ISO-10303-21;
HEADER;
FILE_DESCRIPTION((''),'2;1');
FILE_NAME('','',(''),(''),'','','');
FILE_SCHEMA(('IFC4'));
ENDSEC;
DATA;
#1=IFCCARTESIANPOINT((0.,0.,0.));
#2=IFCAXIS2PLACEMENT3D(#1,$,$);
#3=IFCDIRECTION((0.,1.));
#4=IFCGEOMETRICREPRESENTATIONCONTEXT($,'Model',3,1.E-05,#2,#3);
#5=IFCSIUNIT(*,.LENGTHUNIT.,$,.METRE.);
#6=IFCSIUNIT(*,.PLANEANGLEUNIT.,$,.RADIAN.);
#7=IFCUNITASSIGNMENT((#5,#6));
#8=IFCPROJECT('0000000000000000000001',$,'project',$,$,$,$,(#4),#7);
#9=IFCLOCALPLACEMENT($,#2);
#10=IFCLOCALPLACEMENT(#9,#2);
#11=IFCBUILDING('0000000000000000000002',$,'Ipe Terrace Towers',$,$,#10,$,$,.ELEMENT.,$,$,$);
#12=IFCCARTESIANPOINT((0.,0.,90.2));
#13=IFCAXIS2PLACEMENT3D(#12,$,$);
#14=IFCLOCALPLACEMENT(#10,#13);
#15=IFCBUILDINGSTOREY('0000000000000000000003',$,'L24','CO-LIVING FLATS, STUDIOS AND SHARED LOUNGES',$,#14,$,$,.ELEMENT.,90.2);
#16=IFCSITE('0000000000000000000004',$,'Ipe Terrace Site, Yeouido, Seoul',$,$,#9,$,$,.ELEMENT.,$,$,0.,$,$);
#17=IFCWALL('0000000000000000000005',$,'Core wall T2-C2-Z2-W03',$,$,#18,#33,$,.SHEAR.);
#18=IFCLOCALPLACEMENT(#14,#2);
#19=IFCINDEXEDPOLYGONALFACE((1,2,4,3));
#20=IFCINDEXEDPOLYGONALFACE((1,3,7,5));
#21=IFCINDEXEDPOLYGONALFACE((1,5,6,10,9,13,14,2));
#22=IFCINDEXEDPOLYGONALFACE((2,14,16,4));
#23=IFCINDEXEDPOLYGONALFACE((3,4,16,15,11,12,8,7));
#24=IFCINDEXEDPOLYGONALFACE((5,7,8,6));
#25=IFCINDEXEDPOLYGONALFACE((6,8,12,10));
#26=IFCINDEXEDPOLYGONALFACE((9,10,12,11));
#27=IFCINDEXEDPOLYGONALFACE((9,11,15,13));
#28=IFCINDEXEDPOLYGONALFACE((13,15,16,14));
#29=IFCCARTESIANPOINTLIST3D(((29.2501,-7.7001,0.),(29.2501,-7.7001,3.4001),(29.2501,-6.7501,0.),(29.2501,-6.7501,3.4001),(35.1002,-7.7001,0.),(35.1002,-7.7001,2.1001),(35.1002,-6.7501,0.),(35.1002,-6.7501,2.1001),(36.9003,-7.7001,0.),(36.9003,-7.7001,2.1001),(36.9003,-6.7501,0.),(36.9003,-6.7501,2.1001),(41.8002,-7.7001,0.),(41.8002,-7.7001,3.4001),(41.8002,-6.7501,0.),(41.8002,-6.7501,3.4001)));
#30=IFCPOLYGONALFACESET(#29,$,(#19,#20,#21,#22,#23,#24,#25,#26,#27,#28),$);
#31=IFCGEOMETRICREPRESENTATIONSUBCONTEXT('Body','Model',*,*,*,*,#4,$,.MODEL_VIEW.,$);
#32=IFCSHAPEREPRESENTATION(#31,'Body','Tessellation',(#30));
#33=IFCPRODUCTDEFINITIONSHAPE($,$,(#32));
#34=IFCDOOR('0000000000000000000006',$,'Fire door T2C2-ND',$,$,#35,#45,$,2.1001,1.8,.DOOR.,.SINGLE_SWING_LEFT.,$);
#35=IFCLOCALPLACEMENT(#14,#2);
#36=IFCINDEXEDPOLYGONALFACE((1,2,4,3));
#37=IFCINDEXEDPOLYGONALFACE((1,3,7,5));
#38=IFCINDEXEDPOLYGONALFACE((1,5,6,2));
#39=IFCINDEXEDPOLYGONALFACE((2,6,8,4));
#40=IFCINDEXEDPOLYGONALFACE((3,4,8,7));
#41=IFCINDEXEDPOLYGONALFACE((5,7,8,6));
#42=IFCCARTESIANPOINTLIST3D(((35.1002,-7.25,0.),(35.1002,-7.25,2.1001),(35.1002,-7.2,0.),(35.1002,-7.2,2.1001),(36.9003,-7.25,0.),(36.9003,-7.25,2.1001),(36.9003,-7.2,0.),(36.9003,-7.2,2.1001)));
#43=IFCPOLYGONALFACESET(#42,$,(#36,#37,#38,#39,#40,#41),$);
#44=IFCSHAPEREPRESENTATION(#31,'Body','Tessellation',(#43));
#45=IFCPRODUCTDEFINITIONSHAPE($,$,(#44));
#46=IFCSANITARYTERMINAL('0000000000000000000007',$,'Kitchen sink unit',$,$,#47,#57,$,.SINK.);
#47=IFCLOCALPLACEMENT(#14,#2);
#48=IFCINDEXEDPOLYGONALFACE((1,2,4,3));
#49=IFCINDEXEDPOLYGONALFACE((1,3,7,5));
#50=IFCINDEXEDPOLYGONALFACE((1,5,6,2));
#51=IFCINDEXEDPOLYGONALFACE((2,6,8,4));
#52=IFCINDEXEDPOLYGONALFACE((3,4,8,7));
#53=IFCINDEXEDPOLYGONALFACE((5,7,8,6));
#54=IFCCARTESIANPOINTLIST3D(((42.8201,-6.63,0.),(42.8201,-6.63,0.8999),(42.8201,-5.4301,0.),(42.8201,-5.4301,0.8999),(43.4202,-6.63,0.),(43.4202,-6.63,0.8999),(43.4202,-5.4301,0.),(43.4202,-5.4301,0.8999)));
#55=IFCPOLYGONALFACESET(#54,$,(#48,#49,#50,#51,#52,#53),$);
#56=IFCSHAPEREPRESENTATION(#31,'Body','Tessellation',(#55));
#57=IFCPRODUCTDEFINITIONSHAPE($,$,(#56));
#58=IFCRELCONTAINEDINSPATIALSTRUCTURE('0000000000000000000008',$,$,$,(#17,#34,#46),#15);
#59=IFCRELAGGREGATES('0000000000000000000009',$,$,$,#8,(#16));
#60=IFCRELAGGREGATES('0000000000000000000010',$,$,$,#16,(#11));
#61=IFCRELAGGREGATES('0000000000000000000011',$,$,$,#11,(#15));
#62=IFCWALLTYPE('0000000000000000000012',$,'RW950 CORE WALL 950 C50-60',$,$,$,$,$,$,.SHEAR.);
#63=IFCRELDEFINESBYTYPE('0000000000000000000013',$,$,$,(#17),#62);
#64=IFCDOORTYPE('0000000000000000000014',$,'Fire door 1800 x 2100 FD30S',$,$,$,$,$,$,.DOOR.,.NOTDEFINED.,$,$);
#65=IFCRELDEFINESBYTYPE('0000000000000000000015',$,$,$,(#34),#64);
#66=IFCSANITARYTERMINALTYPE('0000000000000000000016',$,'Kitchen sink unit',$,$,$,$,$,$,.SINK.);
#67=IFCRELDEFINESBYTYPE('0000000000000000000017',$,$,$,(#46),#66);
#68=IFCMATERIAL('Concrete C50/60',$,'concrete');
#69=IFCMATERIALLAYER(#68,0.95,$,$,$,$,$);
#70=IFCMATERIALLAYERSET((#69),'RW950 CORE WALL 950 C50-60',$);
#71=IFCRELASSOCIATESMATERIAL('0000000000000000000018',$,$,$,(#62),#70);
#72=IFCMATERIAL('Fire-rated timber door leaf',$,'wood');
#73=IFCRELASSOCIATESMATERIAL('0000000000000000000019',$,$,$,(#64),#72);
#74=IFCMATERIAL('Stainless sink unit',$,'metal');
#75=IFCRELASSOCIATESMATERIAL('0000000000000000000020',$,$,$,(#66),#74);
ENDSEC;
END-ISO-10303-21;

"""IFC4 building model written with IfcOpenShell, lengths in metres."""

from ifc_helpers import new_model, si_unit, direction, frame, frame_2d, origin, origin_2d, place, context, subcontext, project, spatial, rectangle, extrude, material, layer, layer_set, type_object, element, fill, save


model = new_model("IFC4")

# Units and contexts
model_context = context("Model", 3, precision=1e-05, world=origin(), true_north=direction((0.0, 1.0)))
body_context = subcontext(model_context, "Body", "Model", "MODEL_VIEW")
ifc_project = project(units=[si_unit("LENGTHUNIT", "METRE"), si_unit("PLANEANGLEUNIT", "RADIAN")], contexts=[model_context])

# Site, building, storey
site_placement = place(None, origin())
site = spatial("IfcSite", under=ifc_project, at=site_placement, Name="Ipe Terrace Site, Yeouido, Seoul", CompositionType="ELEMENT", RefElevation=0.0)
building_placement = place(site_placement, origin())
building = spatial("IfcBuilding", under=site, at=building_placement, Name="Ipe Terrace Towers", CompositionType="ELEMENT")
storey_placement = place(building_placement, frame((0.0, 0.0, 90.2)))
storey = spatial("IfcBuildingStorey", under=building, at=storey_placement, Name="L24", Description="CO-LIVING FLATS, STUDIOS AND SHARED LOUNGES", CompositionType="ELEMENT", Elevation=90.2)

# Wall, opening, door
ifc_material_1 = material(Name="Concrete C50/60", Category="concrete")
ifc_layer_1 = layer(ifc_material_1, 0.95)
ifc_layer_set_1 = layer_set([ifc_layer_1], Name="RW950 CORE WALL 950 C50-60")
wall_type_1 = type_object("IfcWallType", Name="RW950 CORE WALL 950 C50-60", PredefinedType="SHEAR", material=ifc_layer_set_1)
wall_1_placement = place(storey_placement, frame((41.8, -7.2251, 0.0), z_axis=(0.0, 0.0, 1.0), x_axis=(-1.0, 0.0, 0.0)))
wall_1 = element("IfcWall", 1, at=wall_1_placement, inside=storey, type_object=wall_type_1, Name="Core wall T2-C2-Z2-W03", PredefinedType="SHEAR", context=body_context, shape_type="SweptSolid", body=[
    extrude(rectangle(XDim=12.55, YDim=0.95, at=frame_2d((6.2749, 0.0))), origin(), (0.0, 0.0, 1.0), 3.4001),
])
opening_1_placement = place(wall_1_placement, frame((4.8999, 0.0, 0.0)))
opening_1 = element("IfcOpeningElement", 2, at=opening_1_placement, cuts=wall_1, PredefinedType="OPENING", context=body_context, shape_type="SweptSolid", body=[
    extrude(rectangle(XDim=1.8, YDim=2.1001, at=frame_2d((0.8999, 1.05))), frame((0.0, 0.4849, 0.0), z_axis=(0.0, -1.0, 0.0), x_axis=(1.0, 0.0, 0.0)), (0.0, 0.0, 1.0), 0.97),
])
ifc_material_2 = material(Name="Fire-rated timber door leaf", Category="wood")
door_type_1 = type_object("IfcDoorType", Name="Fire door 1800 x 2100 FD30S", OperationType="NOTDEFINED", PredefinedType="DOOR", material=ifc_material_2)
door_1_placement = place(opening_1_placement, origin())
door_1 = element("IfcDoor", 3, at=door_1_placement, inside=storey, type_object=door_type_1, Name="Fire door T2C2-ND", OperationType="SINGLE_SWING_LEFT", OverallHeight=2.1001, OverallWidth=1.8, PredefinedType="DOOR", context=body_context, shape_type="SweptSolid", body=[
    extrude(rectangle(XDim=1.8, YDim=2.1001, at=frame_2d((0.8999, 1.05))), frame((0.0, 0.0249, 0.0), z_axis=(0.0, -1.0, 0.0), x_axis=(1.0, 0.0, 0.0)), (0.0, 0.0, 1.0), 0.05),
])
fill(opening_1, door_1)

# Sanitary terminal
ifc_material_3 = material(Name="Stainless sink unit", Category="metal")
sanitary_terminal_type = type_object("IfcSanitaryTerminalType", Name="Kitchen sink unit", PredefinedType="SINK", material=ifc_material_3)
sanitary_terminal_placement = place(storey_placement, frame((43.1201, -6.03, 0.0), z_axis=(0.0, 0.0, 1.0), x_axis=(0.0, 1.0, 0.0)))
element("IfcSanitaryTerminal", 4, at=sanitary_terminal_placement, inside=storey, type_object=sanitary_terminal_type, Name="Kitchen sink unit", PredefinedType="SINK", context=body_context, shape_type="SweptSolid", body=[
    extrude(rectangle(XDim=1.2, YDim=0.6001, at=origin_2d()), origin(), (0.0, 0.0, 1.0), 0.8999),
])

save(model, "model.ifc")
